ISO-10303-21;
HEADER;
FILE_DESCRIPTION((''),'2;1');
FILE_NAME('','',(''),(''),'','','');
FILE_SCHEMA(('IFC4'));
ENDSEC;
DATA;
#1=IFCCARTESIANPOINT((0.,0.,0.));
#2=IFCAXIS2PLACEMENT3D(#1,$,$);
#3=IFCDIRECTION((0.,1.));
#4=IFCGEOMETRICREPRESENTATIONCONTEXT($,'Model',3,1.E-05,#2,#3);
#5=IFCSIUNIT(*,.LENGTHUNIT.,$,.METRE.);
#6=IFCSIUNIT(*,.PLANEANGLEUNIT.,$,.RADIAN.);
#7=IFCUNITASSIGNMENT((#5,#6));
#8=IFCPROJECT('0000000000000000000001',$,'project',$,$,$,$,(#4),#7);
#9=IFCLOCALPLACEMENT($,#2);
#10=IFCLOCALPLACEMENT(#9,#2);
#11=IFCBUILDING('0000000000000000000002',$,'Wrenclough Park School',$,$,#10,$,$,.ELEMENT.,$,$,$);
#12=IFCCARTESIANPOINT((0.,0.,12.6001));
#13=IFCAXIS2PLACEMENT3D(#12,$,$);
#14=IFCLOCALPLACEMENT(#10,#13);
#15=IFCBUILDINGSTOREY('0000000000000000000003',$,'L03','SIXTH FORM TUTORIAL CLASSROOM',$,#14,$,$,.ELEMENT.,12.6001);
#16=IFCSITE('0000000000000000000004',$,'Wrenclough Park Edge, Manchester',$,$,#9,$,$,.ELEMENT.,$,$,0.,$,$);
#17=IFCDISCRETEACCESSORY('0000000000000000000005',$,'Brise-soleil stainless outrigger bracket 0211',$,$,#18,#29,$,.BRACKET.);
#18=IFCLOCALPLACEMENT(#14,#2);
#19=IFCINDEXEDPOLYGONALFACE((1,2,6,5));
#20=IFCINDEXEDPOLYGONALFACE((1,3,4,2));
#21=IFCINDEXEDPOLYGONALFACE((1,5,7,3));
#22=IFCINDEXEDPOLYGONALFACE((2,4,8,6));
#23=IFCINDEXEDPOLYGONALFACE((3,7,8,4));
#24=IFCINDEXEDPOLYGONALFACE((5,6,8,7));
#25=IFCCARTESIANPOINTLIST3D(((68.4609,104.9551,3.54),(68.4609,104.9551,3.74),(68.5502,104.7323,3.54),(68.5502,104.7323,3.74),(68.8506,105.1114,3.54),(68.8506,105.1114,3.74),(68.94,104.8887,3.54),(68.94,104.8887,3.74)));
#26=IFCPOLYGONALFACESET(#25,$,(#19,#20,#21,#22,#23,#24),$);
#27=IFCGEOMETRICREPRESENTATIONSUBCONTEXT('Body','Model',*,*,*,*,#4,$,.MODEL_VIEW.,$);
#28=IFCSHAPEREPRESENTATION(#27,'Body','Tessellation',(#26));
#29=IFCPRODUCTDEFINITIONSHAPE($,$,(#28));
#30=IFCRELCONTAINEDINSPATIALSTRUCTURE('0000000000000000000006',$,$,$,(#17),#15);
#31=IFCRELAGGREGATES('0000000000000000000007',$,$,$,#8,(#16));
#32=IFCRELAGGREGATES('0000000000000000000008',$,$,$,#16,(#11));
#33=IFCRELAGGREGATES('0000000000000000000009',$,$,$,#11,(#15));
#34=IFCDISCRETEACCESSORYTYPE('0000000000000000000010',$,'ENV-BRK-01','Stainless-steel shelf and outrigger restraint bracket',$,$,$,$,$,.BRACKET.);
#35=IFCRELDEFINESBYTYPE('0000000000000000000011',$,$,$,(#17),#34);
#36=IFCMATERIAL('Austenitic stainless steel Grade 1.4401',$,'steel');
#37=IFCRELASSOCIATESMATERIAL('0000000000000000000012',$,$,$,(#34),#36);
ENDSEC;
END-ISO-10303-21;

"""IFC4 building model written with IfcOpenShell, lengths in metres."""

from ifc_helpers import new_model, si_unit, direction, frame, origin, origin_2d, place, context, subcontext, project, spatial, rectangle, extrude, material, type_object, element, save


model = new_model("IFC4")

# Units and contexts
model_context = context("Model", 3, precision=1e-05, world=origin(), true_north=direction((0.0, 1.0)))
body_context = subcontext(model_context, "Body", "Model", "MODEL_VIEW")
ifc_project = project(units=[si_unit("LENGTHUNIT", "METRE"), si_unit("PLANEANGLEUNIT", "RADIAN")], contexts=[model_context])

# Site, building, storey
site_placement = place(None, origin())
site = spatial("IfcSite", under=ifc_project, at=site_placement, Name="Wrenclough Park Edge, Manchester", CompositionType="ELEMENT", RefElevation=0.0)
building_placement = place(site_placement, origin())
building = spatial("IfcBuilding", under=site, at=building_placement, Name="Wrenclough Park School", CompositionType="ELEMENT")
storey_placement = place(building_placement, frame((0.0, 0.0, 12.6001)))
storey = spatial("IfcBuildingStorey", under=building, at=storey_placement, Name="L03", Description="SIXTH FORM TUTORIAL CLASSROOM", CompositionType="ELEMENT", Elevation=12.6001)

# Discrete accessory
ifc_material_1 = material(Name="Austenitic stainless steel Grade 1.4401", Category="steel")
discrete_accessory_type = type_object("IfcDiscreteAccessoryType", Name="ENV-BRK-01", Description="Stainless-steel shelf and outrigger restraint bracket", PredefinedType="BRACKET", material=ifc_material_1)
for number, where, z_axis, x_axis, name in (
    (1, (68.7004, 104.9219, 3.54), (0.0, 0.0, 1.0), (0.372292, -0.928116, 0.0), "Brise-soleil stainless outrigger bracket 0211"),
):
    element("IfcDiscreteAccessory", number, at=place(storey_placement, frame(where, z_axis=z_axis, x_axis=x_axis)), inside=storey, type_object=discrete_accessory_type, Name=name, PredefinedType="BRACKET", context=body_context, shape_type="SweptSolid", body=[
        extrude(rectangle(XDim=0.24, YDim=0.4199, at=origin_2d()), origin(), (0.0, 0.0, 1.0), 0.2),
    ])

save(model, "model.ifc")
